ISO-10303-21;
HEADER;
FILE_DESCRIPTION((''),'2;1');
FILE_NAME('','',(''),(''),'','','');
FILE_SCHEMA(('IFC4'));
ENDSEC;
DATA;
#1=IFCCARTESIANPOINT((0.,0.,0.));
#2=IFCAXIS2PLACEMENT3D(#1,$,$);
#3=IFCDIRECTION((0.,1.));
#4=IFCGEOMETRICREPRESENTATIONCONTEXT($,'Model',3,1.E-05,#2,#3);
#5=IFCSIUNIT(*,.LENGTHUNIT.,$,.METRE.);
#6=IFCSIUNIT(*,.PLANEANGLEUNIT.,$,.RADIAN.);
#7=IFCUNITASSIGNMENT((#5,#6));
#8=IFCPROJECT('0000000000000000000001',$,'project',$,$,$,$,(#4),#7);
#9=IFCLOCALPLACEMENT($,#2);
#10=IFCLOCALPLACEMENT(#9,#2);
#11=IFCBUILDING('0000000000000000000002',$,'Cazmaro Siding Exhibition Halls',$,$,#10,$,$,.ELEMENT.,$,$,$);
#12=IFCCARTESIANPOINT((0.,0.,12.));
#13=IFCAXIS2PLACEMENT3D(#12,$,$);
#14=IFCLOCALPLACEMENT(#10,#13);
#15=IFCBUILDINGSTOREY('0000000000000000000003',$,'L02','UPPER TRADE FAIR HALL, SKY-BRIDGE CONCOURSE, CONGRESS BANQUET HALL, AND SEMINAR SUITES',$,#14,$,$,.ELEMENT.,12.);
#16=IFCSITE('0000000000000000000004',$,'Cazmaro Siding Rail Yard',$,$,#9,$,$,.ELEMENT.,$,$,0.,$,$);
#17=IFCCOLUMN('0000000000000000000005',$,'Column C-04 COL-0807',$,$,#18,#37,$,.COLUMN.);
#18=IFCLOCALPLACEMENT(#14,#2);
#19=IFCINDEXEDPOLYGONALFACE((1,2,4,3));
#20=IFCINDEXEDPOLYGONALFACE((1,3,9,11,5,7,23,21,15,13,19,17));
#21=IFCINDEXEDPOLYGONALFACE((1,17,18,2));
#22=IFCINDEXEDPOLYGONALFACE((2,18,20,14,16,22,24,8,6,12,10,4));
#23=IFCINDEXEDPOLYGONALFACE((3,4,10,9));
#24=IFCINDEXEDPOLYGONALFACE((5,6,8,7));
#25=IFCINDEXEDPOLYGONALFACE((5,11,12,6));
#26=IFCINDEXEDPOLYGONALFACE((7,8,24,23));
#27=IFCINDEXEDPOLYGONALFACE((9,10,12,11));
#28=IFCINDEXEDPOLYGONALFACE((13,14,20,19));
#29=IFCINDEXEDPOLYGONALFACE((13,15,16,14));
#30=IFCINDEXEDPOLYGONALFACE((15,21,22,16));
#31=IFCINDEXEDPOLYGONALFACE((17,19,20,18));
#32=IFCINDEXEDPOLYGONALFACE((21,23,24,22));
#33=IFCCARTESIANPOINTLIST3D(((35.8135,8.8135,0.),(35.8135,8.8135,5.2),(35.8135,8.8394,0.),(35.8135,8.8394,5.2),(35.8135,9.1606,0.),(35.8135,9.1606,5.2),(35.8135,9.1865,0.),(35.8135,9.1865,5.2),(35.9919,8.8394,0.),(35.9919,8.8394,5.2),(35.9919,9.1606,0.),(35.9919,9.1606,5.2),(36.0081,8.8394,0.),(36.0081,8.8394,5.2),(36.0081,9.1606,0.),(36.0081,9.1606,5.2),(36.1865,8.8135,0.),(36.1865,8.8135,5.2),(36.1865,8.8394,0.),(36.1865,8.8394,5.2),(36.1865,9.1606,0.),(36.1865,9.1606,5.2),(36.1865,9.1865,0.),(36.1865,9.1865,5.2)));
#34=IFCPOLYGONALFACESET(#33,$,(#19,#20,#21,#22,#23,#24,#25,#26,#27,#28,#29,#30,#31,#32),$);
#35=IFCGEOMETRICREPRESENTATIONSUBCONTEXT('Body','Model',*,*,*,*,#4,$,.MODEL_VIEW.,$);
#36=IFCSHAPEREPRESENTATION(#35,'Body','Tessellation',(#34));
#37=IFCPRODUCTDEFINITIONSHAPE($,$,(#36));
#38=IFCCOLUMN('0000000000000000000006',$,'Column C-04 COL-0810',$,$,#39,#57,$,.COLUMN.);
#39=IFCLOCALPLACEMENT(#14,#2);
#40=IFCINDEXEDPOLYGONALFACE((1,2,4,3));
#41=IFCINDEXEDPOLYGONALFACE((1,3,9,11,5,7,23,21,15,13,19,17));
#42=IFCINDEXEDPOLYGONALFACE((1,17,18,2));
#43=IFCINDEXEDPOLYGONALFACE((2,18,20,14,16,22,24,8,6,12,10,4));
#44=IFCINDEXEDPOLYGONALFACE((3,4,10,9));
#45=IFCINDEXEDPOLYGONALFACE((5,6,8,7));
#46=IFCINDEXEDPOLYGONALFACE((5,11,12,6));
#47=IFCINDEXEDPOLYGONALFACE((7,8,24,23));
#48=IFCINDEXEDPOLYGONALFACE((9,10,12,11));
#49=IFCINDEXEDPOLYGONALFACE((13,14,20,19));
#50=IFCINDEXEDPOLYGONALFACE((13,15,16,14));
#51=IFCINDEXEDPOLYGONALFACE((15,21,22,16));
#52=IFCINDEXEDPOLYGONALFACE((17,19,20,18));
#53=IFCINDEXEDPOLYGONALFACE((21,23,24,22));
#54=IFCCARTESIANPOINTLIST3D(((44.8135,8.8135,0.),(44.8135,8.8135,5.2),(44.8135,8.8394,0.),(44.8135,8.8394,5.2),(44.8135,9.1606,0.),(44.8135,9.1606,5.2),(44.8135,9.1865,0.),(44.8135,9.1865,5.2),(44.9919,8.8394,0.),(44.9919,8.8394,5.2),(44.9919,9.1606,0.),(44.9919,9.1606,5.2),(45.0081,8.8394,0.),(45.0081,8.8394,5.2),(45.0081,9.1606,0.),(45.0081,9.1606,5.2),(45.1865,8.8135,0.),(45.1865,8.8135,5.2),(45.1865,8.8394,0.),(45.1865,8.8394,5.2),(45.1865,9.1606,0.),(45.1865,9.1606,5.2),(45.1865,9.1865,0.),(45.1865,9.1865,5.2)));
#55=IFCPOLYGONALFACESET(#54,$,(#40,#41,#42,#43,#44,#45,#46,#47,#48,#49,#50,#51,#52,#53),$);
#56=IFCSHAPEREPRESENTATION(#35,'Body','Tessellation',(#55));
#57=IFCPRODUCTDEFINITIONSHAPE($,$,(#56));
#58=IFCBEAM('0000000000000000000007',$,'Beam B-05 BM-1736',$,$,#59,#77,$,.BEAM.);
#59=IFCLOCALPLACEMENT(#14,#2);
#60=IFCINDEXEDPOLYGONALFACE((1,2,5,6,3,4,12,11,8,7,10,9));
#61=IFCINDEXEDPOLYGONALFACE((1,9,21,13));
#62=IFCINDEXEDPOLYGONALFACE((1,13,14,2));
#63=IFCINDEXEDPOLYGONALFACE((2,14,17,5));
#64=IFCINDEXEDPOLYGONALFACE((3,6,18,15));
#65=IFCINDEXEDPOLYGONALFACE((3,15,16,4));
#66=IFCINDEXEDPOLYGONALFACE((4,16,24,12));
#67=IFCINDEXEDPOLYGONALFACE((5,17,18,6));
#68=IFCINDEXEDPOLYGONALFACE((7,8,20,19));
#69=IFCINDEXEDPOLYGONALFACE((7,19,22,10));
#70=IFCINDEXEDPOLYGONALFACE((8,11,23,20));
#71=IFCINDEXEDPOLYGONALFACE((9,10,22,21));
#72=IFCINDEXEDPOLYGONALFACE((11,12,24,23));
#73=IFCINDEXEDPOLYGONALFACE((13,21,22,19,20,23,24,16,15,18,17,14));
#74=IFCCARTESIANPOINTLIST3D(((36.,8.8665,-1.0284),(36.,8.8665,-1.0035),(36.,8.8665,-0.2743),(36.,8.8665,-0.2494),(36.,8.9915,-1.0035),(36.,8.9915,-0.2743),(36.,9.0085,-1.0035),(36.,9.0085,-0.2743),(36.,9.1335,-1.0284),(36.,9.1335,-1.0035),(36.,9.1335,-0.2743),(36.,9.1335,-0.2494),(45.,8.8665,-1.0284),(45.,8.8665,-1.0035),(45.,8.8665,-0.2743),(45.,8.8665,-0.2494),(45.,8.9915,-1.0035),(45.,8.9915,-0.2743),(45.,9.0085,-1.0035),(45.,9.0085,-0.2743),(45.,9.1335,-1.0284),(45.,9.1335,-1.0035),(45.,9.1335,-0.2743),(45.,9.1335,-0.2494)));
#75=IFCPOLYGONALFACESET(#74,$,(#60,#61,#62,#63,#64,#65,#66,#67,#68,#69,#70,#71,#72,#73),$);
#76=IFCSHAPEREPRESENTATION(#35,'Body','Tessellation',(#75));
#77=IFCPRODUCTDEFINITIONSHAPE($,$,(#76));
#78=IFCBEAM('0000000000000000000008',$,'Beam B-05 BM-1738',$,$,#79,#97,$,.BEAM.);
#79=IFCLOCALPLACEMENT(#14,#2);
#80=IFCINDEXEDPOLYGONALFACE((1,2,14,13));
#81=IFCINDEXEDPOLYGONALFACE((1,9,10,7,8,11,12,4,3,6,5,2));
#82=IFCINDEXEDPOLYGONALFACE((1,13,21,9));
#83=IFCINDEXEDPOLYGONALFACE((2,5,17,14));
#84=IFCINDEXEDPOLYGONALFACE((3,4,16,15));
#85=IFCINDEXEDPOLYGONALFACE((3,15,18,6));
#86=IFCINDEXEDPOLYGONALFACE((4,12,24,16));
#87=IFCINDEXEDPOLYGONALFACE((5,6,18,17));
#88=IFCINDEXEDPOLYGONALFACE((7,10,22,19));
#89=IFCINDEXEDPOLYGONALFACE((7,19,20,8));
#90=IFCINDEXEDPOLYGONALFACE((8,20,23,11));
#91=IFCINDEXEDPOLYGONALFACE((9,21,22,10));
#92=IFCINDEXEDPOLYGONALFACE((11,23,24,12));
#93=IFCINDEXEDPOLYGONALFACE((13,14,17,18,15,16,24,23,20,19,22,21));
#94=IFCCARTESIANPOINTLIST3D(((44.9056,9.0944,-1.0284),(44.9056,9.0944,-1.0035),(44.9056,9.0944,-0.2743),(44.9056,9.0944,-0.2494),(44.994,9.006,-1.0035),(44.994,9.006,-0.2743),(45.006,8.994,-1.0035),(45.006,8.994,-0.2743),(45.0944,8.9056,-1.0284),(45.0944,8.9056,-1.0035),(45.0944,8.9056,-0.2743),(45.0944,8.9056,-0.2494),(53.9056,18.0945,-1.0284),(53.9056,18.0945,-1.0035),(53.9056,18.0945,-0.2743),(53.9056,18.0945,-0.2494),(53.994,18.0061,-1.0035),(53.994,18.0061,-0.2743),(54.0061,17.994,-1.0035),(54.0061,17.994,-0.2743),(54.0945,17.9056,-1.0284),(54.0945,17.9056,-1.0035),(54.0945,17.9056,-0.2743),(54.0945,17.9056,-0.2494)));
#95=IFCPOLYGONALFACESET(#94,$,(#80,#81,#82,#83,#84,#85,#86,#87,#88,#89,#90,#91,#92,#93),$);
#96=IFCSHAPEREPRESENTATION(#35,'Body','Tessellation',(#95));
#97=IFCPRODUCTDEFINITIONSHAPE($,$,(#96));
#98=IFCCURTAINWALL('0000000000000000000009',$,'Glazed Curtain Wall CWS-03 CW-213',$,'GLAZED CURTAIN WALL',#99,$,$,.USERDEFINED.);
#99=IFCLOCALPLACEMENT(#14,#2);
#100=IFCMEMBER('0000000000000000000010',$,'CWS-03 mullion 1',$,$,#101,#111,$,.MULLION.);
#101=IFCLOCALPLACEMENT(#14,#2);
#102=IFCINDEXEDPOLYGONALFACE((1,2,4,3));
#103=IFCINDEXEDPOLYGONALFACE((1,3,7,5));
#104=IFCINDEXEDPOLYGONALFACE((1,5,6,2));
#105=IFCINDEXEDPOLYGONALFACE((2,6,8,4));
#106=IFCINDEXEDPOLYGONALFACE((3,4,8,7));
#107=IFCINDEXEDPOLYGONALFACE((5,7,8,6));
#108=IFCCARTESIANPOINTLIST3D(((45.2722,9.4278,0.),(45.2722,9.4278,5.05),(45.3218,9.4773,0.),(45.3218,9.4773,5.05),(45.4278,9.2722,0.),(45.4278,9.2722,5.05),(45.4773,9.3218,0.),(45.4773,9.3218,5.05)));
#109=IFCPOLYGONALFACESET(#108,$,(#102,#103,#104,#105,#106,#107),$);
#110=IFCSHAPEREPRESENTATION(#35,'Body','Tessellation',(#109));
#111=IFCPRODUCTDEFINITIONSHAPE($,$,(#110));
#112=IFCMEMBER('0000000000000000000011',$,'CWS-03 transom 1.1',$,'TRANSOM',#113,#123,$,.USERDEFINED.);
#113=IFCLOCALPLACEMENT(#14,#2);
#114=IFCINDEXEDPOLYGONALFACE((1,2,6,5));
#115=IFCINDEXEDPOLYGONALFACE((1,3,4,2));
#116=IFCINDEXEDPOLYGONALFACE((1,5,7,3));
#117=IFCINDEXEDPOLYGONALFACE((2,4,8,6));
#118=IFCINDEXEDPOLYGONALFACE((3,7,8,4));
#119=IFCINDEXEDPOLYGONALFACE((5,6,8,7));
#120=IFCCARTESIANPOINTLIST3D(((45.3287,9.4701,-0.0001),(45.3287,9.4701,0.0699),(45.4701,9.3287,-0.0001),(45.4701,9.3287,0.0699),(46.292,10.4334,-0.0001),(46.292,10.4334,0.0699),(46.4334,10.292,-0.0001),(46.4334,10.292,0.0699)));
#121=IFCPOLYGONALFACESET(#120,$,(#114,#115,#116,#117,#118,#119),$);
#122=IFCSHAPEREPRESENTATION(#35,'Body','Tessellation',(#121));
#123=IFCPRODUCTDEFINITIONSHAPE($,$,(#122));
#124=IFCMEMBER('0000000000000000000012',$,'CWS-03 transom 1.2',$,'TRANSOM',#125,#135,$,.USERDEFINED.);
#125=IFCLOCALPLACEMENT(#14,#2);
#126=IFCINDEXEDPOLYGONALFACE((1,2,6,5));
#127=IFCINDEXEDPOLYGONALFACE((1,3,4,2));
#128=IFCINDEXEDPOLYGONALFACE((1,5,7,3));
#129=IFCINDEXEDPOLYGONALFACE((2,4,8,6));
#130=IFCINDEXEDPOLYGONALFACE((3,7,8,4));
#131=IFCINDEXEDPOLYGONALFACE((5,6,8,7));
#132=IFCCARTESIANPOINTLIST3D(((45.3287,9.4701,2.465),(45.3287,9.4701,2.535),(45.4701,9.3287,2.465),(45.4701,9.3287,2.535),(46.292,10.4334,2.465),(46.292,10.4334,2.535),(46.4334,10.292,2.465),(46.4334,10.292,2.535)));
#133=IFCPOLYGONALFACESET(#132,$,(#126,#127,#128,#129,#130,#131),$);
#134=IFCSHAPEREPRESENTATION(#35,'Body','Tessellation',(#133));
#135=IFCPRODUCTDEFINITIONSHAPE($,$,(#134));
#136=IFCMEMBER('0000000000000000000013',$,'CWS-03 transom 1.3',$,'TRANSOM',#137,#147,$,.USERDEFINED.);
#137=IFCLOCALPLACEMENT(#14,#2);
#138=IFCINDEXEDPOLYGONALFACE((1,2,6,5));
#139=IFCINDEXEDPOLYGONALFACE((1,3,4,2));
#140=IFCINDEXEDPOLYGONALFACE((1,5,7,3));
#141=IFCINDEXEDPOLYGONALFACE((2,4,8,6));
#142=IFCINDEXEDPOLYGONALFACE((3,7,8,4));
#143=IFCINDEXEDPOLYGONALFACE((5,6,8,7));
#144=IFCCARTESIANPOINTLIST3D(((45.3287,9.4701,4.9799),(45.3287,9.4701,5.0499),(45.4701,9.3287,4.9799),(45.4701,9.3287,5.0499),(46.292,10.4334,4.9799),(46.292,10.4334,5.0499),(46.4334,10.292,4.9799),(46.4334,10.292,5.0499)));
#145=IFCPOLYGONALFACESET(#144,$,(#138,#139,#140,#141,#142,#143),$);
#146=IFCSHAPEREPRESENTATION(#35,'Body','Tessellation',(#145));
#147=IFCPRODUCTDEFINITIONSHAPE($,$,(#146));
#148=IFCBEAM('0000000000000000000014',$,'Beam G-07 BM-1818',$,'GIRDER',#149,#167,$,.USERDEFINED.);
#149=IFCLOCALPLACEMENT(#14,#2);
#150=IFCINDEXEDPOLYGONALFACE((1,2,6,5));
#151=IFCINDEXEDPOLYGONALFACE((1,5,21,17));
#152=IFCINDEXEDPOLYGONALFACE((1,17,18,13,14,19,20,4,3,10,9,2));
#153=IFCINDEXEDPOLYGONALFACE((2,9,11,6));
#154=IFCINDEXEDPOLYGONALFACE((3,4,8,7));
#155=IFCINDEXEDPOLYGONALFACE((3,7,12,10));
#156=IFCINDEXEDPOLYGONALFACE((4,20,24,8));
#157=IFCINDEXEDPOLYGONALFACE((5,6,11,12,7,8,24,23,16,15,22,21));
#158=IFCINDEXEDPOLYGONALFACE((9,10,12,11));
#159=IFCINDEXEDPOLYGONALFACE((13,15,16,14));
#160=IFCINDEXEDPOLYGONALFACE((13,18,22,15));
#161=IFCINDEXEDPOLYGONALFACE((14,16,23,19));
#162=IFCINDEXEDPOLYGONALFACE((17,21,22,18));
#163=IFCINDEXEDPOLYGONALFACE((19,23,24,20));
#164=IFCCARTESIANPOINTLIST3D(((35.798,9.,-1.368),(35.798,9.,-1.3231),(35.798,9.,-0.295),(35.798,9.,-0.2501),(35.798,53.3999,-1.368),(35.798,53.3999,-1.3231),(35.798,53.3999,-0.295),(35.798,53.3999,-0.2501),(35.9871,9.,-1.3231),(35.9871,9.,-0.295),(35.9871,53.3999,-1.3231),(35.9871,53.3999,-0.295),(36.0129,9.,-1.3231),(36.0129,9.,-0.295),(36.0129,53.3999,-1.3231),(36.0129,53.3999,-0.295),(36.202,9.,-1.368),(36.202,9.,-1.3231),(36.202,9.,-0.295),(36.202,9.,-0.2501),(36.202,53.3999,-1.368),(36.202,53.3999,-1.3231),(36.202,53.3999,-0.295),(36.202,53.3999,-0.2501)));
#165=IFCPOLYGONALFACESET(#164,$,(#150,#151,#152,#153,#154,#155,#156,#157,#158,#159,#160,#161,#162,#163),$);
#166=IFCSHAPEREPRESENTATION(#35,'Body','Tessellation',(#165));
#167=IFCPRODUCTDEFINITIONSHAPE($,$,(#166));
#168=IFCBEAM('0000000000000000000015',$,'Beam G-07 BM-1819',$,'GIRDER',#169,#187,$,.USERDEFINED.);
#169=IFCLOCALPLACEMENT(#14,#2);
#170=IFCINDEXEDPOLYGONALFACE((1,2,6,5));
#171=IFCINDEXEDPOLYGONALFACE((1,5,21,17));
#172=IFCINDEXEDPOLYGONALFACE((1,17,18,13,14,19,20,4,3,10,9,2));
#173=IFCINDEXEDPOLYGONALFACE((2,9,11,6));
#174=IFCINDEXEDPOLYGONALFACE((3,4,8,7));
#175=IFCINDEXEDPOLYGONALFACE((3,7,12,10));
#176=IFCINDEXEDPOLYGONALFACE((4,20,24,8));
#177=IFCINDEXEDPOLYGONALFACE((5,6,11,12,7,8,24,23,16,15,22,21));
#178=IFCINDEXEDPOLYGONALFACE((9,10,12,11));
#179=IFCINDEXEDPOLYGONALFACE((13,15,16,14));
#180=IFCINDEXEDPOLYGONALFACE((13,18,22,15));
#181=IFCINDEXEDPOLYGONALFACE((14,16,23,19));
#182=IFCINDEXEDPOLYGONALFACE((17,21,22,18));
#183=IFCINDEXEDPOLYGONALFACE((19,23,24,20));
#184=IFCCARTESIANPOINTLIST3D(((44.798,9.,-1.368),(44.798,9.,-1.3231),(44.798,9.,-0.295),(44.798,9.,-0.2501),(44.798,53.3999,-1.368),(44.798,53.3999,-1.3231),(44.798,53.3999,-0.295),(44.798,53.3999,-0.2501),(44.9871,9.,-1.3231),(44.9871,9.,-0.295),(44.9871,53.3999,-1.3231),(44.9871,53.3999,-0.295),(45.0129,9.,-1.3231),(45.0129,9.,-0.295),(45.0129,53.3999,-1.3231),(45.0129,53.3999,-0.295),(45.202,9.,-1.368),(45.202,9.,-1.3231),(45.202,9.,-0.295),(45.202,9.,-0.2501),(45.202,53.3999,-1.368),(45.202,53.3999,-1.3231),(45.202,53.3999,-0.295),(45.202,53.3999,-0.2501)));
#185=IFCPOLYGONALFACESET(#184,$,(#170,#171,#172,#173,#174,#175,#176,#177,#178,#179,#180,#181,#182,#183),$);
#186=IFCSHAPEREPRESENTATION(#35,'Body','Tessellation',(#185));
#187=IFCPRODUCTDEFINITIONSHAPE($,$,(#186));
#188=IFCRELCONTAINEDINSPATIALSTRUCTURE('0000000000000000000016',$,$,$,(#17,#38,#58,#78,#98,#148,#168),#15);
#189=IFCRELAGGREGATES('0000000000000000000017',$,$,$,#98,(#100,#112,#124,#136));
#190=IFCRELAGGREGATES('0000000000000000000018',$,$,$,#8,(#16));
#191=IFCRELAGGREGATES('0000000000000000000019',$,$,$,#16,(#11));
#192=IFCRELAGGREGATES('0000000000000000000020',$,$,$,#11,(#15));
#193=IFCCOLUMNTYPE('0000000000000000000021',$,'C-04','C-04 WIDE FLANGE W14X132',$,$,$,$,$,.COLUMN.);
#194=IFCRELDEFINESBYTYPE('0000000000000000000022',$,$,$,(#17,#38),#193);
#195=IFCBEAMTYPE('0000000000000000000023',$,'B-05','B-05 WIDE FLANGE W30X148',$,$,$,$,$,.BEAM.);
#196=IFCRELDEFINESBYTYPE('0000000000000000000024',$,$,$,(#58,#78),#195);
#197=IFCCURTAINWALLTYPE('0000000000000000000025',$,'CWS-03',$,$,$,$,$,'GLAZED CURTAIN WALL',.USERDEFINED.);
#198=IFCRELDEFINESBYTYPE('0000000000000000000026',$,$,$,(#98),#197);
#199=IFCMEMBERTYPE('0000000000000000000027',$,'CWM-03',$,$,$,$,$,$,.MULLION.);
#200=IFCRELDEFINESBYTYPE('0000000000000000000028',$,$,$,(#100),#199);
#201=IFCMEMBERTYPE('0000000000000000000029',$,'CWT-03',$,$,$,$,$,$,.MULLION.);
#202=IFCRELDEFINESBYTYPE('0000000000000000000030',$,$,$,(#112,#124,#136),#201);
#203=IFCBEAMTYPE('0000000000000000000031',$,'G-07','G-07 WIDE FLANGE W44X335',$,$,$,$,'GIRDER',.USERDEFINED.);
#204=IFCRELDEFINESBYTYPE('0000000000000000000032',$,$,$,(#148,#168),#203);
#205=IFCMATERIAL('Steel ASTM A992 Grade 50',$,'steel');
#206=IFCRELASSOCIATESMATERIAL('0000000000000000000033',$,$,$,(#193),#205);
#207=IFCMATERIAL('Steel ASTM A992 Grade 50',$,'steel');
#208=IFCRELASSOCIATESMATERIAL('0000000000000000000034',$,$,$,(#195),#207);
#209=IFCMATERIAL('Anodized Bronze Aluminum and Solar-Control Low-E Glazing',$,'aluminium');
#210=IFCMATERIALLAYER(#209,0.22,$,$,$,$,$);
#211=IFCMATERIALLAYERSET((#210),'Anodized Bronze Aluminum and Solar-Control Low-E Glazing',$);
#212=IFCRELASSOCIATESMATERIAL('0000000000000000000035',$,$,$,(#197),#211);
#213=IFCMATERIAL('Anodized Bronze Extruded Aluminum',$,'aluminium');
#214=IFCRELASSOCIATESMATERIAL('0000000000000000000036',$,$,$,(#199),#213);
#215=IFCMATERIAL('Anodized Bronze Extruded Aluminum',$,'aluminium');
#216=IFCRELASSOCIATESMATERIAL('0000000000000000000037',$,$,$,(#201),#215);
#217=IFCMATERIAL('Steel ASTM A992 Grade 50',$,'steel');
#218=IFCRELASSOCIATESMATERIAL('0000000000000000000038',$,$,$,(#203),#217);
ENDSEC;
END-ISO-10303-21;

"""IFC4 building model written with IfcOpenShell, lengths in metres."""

from ifc_helpers import new_model, si_unit, direction, frame, origin, origin_2d, place, context, subcontext, project, spatial, rectangle, i_section, extrude, material, layer, layer_set, material_profile, profile_set, type_object, element, aggregate, save


model = new_model("IFC4")

# Units and contexts
model_context = context("Model", 3, precision=1e-05, world=origin(), true_north=direction((0.0, 1.0)))
body_context = subcontext(model_context, "Body", "Model", "MODEL_VIEW")
ifc_project = project(units=[si_unit("LENGTHUNIT", "METRE"), si_unit("PLANEANGLEUNIT", "RADIAN")], contexts=[model_context])

# Site, building, storey
site_placement = place(None, origin())
site = spatial("IfcSite", under=ifc_project, at=site_placement, Name="Cazmaro Siding Rail Yard", CompositionType="ELEMENT", RefElevation=0.0)
building_placement = place(site_placement, origin())
building = spatial("IfcBuilding", under=site, at=building_placement, Name="Cazmaro Siding Exhibition Halls", CompositionType="ELEMENT")
storey_placement = place(building_placement, frame((0.0, 0.0, 12.0)))
storey = spatial("IfcBuildingStorey", under=building, at=storey_placement, Name="L02", Description="UPPER TRADE FAIR HALL, SKY-BRIDGE CONCOURSE, CONGRESS BANQUET HALL, AND SEMINAR SUITES", CompositionType="ELEMENT", Elevation=12.0)

# Columns
ifc_material_1 = material(Name="Steel ASTM A992 Grade 50", Category="steel")
ifc_material_profile_1 = material_profile(ifc_material_1, i_section(OverallWidth=0.373, OverallDepth=0.373, WebThickness=0.0161, FlangeThickness=0.0259, at=origin_2d()), Name="W14X132")
ifc_profile_set_1 = profile_set([ifc_material_profile_1], Name="Steel ASTM A992 Grade 50")
column_type = type_object("IfcColumnType", Name="C-04", Description="C-04 WIDE FLANGE W14X132", PredefinedType="COLUMN", material=ifc_profile_set_1)
for number, where, z_axis, x_axis, name in (
    (1, (36.0, 9.0, 0.0), (0.0, 0.0, 1.0), (1.0, 0.0, 0.0), "Column C-04 COL-0807"),
    (2, (45.0, 9.0, 0.0), (0.0, 0.0, 1.0), (1.0, 0.0, 0.0), "Column C-04 COL-0810"),
):
    element("IfcColumn", number, at=place(storey_placement, frame(where, z_axis=z_axis, x_axis=x_axis)), inside=storey, type_object=column_type, Name=name, PredefinedType="COLUMN", context=body_context, shape_type="SweptSolid", body=[
        extrude(i_section(OverallWidth=0.373, OverallDepth=0.373, WebThickness=0.0161, FlangeThickness=0.0259, at=origin_2d()), origin(), (0.0, 0.0, 1.0), 5.2),
    ])

# Beams
ifc_material_2 = material(Name="Steel ASTM A992 Grade 50", Category="steel")
ifc_material_profile_2 = material_profile(ifc_material_2, i_section(OverallWidth=0.2671, OverallDepth=0.7791, WebThickness=0.0171, FlangeThickness=0.0249, at=origin_2d()), Name="W30X148")
ifc_profile_set_2 = profile_set([ifc_material_profile_2], Name="Steel ASTM A992 Grade 50")
beam_type_1 = type_object("IfcBeamType", Name="B-05", Description="B-05 WIDE FLANGE W30X148", PredefinedType="BEAM", material=ifc_profile_set_2)
beam_1_placement = place(storey_placement, frame((36.0, 9.0, -0.6389), z_axis=(1.0, 0.0, 0.0), x_axis=(0.0, 1.0, 0.0)))
element("IfcBeam", 3, at=beam_1_placement, inside=storey, type_object=beam_type_1, Name="Beam B-05 BM-1736", PredefinedType="BEAM", context=body_context, shape_type="SweptSolid", body=[
    extrude(i_section(OverallWidth=0.2671, OverallDepth=0.7791, WebThickness=0.0171, FlangeThickness=0.0249, at=origin_2d()), origin(), (0.0, 0.0, 1.0), 9.0),
])
beam_2_placement = place(storey_placement, frame((45.0, 9.0, -0.6389), z_axis=(0.707107, 0.707107, 0.0), x_axis=(-0.707107, 0.707107, 0.0)))
element("IfcBeam", 4, at=beam_2_placement, inside=storey, type_object=beam_type_1, Name="Beam B-05 BM-1738", PredefinedType="BEAM", context=body_context, shape_type="SweptSolid", body=[
    extrude(i_section(OverallWidth=0.2671, OverallDepth=0.7791, WebThickness=0.0171, FlangeThickness=0.0249, at=origin_2d()), origin(), (0.0, 0.0, 1.0), 12.728),
])

# Curtain wall, members
ifc_material_3 = material(Name="Anodized Bronze Aluminum and Solar-Control Low-E Glazing", Category="aluminium")
ifc_layer_1 = layer(ifc_material_3, 0.22)
ifc_layer_set_1 = layer_set([ifc_layer_1], Name="Anodized Bronze Aluminum and Solar-Control Low-E Glazing")
curtain_wall_type = type_object("IfcCurtainWallType", Name="CWS-03", ElementType="GLAZED CURTAIN WALL", PredefinedType="USERDEFINED", material=ifc_layer_set_1)
curtain_wall_placement = place(storey_placement, origin())
curtain_wall = element("IfcCurtainWall", 5, at=curtain_wall_placement, inside=storey, type_object=curtain_wall_type, Name="Glazed Curtain Wall CWS-03 CW-213", ObjectType="GLAZED CURTAIN WALL", PredefinedType="USERDEFINED")
ifc_material_4 = material(Name="Anodized Bronze Extruded Aluminum", Category="aluminium")
ifc_material_profile_3 = material_profile(ifc_material_4, rectangle(XDim=0.22, YDim=0.0701, at=origin_2d()), Name="CWM-03")
ifc_profile_set_3 = profile_set([ifc_material_profile_3], Name="Anodized Bronze Extruded Aluminum")
member_type_1 = type_object("IfcMemberType", Name="CWM-03", PredefinedType="MULLION", material=ifc_profile_set_3)
member_1_placement = place(storey_placement, frame((45.3748, 9.3748, 0.0), z_axis=(0.0, 0.0, 1.0), x_axis=(-0.707107, 0.707107, 0.0)))
member_1 = element("IfcMember", 6, at=member_1_placement, type_object=member_type_1, Name="CWS-03 mullion 1", PredefinedType="MULLION", context=body_context, shape_type="SweptSolid", body=[
    extrude(rectangle(XDim=0.22, YDim=0.0701, at=origin_2d()), origin(), (0.0, 0.0, 1.0), 5.05),
])
ifc_material_5 = material(Name="Anodized Bronze Extruded Aluminum", Category="aluminium")
ifc_material_profile_4 = material_profile(ifc_material_5, rectangle(XDim=0.2, YDim=0.0701, at=origin_2d()), Name="CWT-03")
ifc_profile_set_4 = profile_set([ifc_material_profile_4], Name="Anodized Bronze Extruded Aluminum")
member_type_2 = type_object("IfcMemberType", Name="CWT-03", PredefinedType="MULLION", material=ifc_profile_set_4)
member_2_placement = place(storey_placement, frame((45.3994, 9.3994, 0.0349), z_axis=(0.707107, 0.707107, 0.0), x_axis=(-0.707107, 0.707107, 0.0)))
member_2 = element("IfcMember", 7, at=member_2_placement, type_object=member_type_2, Name="CWS-03 transom 1.1", ObjectType="TRANSOM", PredefinedType="USERDEFINED", context=body_context, shape_type="SweptSolid", body=[
    extrude(rectangle(XDim=0.2, YDim=0.0701, at=origin_2d()), origin(), (0.0, 0.0, 1.0), 1.3623),
])
member_3_placement = place(storey_placement, frame((45.3994, 9.3994, 2.5), z_axis=(0.707107, 0.707107, 0.0), x_axis=(-0.707107, 0.707107, 0.0)))
member_3 = element("IfcMember", 8, at=member_3_placement, type_object=member_type_2, Name="CWS-03 transom 1.2", ObjectType="TRANSOM", PredefinedType="USERDEFINED", context=body_context, shape_type="SweptSolid", body=[
    extrude(rectangle(XDim=0.2, YDim=0.0701, at=origin_2d()), origin(), (0.0, 0.0, 1.0), 1.3623),
])
member_4_placement = place(storey_placement, frame((45.3994, 9.3994, 5.0149), z_axis=(0.707107, 0.707107, 0.0), x_axis=(-0.707107, 0.707107, 0.0)))
member_4 = element("IfcMember", 9, at=member_4_placement, type_object=member_type_2, Name="CWS-03 transom 1.3", ObjectType="TRANSOM", PredefinedType="USERDEFINED", context=body_context, shape_type="SweptSolid", body=[
    extrude(rectangle(XDim=0.2, YDim=0.0701, at=origin_2d()), origin(), (0.0, 0.0, 1.0), 1.3623),
])
aggregate(curtain_wall, [member_1, member_2, member_3, member_4])

# Beams
ifc_material_6 = material(Name="Steel ASTM A992 Grade 50", Category="steel")
ifc_material_profile_5 = material_profile(ifc_material_6, i_section(OverallWidth=0.4041, OverallDepth=1.1179, WebThickness=0.0259, FlangeThickness=0.0449, at=origin_2d()), Name="W44X335")
ifc_profile_set_5 = profile_set([ifc_material_profile_5], Name="Steel ASTM A992 Grade 50")
beam_type_2 = type_object("IfcBeamType", Name="G-07", Description="G-07 WIDE FLANGE W44X335", ElementType="GIRDER", PredefinedType="USERDEFINED", material=ifc_profile_set_5)
for number, where, z_axis, x_axis, name in (
    (10, (36.0, 9.0, -0.8091), (0.0, 1.0, 0.0), (-1.0, 0.0, 0.0), "Beam G-07 BM-1818"),
    (11, (45.0, 9.0, -0.8091), (0.0, 1.0, 0.0), (-1.0, 0.0, 0.0), "Beam G-07 BM-1819"),
):
    element("IfcBeam", number, at=place(storey_placement, frame(where, z_axis=z_axis, x_axis=x_axis)), inside=storey, type_object=beam_type_2, Name=name, ObjectType="GIRDER", PredefinedType="USERDEFINED", context=body_context, shape_type="SweptSolid", body=[
        extrude(i_section(OverallWidth=0.4041, OverallDepth=1.1179, WebThickness=0.0259, FlangeThickness=0.0449, at=origin_2d()), origin(), (0.0, 0.0, 1.0), 44.3999),
    ])

save(model, "model.ifc")
